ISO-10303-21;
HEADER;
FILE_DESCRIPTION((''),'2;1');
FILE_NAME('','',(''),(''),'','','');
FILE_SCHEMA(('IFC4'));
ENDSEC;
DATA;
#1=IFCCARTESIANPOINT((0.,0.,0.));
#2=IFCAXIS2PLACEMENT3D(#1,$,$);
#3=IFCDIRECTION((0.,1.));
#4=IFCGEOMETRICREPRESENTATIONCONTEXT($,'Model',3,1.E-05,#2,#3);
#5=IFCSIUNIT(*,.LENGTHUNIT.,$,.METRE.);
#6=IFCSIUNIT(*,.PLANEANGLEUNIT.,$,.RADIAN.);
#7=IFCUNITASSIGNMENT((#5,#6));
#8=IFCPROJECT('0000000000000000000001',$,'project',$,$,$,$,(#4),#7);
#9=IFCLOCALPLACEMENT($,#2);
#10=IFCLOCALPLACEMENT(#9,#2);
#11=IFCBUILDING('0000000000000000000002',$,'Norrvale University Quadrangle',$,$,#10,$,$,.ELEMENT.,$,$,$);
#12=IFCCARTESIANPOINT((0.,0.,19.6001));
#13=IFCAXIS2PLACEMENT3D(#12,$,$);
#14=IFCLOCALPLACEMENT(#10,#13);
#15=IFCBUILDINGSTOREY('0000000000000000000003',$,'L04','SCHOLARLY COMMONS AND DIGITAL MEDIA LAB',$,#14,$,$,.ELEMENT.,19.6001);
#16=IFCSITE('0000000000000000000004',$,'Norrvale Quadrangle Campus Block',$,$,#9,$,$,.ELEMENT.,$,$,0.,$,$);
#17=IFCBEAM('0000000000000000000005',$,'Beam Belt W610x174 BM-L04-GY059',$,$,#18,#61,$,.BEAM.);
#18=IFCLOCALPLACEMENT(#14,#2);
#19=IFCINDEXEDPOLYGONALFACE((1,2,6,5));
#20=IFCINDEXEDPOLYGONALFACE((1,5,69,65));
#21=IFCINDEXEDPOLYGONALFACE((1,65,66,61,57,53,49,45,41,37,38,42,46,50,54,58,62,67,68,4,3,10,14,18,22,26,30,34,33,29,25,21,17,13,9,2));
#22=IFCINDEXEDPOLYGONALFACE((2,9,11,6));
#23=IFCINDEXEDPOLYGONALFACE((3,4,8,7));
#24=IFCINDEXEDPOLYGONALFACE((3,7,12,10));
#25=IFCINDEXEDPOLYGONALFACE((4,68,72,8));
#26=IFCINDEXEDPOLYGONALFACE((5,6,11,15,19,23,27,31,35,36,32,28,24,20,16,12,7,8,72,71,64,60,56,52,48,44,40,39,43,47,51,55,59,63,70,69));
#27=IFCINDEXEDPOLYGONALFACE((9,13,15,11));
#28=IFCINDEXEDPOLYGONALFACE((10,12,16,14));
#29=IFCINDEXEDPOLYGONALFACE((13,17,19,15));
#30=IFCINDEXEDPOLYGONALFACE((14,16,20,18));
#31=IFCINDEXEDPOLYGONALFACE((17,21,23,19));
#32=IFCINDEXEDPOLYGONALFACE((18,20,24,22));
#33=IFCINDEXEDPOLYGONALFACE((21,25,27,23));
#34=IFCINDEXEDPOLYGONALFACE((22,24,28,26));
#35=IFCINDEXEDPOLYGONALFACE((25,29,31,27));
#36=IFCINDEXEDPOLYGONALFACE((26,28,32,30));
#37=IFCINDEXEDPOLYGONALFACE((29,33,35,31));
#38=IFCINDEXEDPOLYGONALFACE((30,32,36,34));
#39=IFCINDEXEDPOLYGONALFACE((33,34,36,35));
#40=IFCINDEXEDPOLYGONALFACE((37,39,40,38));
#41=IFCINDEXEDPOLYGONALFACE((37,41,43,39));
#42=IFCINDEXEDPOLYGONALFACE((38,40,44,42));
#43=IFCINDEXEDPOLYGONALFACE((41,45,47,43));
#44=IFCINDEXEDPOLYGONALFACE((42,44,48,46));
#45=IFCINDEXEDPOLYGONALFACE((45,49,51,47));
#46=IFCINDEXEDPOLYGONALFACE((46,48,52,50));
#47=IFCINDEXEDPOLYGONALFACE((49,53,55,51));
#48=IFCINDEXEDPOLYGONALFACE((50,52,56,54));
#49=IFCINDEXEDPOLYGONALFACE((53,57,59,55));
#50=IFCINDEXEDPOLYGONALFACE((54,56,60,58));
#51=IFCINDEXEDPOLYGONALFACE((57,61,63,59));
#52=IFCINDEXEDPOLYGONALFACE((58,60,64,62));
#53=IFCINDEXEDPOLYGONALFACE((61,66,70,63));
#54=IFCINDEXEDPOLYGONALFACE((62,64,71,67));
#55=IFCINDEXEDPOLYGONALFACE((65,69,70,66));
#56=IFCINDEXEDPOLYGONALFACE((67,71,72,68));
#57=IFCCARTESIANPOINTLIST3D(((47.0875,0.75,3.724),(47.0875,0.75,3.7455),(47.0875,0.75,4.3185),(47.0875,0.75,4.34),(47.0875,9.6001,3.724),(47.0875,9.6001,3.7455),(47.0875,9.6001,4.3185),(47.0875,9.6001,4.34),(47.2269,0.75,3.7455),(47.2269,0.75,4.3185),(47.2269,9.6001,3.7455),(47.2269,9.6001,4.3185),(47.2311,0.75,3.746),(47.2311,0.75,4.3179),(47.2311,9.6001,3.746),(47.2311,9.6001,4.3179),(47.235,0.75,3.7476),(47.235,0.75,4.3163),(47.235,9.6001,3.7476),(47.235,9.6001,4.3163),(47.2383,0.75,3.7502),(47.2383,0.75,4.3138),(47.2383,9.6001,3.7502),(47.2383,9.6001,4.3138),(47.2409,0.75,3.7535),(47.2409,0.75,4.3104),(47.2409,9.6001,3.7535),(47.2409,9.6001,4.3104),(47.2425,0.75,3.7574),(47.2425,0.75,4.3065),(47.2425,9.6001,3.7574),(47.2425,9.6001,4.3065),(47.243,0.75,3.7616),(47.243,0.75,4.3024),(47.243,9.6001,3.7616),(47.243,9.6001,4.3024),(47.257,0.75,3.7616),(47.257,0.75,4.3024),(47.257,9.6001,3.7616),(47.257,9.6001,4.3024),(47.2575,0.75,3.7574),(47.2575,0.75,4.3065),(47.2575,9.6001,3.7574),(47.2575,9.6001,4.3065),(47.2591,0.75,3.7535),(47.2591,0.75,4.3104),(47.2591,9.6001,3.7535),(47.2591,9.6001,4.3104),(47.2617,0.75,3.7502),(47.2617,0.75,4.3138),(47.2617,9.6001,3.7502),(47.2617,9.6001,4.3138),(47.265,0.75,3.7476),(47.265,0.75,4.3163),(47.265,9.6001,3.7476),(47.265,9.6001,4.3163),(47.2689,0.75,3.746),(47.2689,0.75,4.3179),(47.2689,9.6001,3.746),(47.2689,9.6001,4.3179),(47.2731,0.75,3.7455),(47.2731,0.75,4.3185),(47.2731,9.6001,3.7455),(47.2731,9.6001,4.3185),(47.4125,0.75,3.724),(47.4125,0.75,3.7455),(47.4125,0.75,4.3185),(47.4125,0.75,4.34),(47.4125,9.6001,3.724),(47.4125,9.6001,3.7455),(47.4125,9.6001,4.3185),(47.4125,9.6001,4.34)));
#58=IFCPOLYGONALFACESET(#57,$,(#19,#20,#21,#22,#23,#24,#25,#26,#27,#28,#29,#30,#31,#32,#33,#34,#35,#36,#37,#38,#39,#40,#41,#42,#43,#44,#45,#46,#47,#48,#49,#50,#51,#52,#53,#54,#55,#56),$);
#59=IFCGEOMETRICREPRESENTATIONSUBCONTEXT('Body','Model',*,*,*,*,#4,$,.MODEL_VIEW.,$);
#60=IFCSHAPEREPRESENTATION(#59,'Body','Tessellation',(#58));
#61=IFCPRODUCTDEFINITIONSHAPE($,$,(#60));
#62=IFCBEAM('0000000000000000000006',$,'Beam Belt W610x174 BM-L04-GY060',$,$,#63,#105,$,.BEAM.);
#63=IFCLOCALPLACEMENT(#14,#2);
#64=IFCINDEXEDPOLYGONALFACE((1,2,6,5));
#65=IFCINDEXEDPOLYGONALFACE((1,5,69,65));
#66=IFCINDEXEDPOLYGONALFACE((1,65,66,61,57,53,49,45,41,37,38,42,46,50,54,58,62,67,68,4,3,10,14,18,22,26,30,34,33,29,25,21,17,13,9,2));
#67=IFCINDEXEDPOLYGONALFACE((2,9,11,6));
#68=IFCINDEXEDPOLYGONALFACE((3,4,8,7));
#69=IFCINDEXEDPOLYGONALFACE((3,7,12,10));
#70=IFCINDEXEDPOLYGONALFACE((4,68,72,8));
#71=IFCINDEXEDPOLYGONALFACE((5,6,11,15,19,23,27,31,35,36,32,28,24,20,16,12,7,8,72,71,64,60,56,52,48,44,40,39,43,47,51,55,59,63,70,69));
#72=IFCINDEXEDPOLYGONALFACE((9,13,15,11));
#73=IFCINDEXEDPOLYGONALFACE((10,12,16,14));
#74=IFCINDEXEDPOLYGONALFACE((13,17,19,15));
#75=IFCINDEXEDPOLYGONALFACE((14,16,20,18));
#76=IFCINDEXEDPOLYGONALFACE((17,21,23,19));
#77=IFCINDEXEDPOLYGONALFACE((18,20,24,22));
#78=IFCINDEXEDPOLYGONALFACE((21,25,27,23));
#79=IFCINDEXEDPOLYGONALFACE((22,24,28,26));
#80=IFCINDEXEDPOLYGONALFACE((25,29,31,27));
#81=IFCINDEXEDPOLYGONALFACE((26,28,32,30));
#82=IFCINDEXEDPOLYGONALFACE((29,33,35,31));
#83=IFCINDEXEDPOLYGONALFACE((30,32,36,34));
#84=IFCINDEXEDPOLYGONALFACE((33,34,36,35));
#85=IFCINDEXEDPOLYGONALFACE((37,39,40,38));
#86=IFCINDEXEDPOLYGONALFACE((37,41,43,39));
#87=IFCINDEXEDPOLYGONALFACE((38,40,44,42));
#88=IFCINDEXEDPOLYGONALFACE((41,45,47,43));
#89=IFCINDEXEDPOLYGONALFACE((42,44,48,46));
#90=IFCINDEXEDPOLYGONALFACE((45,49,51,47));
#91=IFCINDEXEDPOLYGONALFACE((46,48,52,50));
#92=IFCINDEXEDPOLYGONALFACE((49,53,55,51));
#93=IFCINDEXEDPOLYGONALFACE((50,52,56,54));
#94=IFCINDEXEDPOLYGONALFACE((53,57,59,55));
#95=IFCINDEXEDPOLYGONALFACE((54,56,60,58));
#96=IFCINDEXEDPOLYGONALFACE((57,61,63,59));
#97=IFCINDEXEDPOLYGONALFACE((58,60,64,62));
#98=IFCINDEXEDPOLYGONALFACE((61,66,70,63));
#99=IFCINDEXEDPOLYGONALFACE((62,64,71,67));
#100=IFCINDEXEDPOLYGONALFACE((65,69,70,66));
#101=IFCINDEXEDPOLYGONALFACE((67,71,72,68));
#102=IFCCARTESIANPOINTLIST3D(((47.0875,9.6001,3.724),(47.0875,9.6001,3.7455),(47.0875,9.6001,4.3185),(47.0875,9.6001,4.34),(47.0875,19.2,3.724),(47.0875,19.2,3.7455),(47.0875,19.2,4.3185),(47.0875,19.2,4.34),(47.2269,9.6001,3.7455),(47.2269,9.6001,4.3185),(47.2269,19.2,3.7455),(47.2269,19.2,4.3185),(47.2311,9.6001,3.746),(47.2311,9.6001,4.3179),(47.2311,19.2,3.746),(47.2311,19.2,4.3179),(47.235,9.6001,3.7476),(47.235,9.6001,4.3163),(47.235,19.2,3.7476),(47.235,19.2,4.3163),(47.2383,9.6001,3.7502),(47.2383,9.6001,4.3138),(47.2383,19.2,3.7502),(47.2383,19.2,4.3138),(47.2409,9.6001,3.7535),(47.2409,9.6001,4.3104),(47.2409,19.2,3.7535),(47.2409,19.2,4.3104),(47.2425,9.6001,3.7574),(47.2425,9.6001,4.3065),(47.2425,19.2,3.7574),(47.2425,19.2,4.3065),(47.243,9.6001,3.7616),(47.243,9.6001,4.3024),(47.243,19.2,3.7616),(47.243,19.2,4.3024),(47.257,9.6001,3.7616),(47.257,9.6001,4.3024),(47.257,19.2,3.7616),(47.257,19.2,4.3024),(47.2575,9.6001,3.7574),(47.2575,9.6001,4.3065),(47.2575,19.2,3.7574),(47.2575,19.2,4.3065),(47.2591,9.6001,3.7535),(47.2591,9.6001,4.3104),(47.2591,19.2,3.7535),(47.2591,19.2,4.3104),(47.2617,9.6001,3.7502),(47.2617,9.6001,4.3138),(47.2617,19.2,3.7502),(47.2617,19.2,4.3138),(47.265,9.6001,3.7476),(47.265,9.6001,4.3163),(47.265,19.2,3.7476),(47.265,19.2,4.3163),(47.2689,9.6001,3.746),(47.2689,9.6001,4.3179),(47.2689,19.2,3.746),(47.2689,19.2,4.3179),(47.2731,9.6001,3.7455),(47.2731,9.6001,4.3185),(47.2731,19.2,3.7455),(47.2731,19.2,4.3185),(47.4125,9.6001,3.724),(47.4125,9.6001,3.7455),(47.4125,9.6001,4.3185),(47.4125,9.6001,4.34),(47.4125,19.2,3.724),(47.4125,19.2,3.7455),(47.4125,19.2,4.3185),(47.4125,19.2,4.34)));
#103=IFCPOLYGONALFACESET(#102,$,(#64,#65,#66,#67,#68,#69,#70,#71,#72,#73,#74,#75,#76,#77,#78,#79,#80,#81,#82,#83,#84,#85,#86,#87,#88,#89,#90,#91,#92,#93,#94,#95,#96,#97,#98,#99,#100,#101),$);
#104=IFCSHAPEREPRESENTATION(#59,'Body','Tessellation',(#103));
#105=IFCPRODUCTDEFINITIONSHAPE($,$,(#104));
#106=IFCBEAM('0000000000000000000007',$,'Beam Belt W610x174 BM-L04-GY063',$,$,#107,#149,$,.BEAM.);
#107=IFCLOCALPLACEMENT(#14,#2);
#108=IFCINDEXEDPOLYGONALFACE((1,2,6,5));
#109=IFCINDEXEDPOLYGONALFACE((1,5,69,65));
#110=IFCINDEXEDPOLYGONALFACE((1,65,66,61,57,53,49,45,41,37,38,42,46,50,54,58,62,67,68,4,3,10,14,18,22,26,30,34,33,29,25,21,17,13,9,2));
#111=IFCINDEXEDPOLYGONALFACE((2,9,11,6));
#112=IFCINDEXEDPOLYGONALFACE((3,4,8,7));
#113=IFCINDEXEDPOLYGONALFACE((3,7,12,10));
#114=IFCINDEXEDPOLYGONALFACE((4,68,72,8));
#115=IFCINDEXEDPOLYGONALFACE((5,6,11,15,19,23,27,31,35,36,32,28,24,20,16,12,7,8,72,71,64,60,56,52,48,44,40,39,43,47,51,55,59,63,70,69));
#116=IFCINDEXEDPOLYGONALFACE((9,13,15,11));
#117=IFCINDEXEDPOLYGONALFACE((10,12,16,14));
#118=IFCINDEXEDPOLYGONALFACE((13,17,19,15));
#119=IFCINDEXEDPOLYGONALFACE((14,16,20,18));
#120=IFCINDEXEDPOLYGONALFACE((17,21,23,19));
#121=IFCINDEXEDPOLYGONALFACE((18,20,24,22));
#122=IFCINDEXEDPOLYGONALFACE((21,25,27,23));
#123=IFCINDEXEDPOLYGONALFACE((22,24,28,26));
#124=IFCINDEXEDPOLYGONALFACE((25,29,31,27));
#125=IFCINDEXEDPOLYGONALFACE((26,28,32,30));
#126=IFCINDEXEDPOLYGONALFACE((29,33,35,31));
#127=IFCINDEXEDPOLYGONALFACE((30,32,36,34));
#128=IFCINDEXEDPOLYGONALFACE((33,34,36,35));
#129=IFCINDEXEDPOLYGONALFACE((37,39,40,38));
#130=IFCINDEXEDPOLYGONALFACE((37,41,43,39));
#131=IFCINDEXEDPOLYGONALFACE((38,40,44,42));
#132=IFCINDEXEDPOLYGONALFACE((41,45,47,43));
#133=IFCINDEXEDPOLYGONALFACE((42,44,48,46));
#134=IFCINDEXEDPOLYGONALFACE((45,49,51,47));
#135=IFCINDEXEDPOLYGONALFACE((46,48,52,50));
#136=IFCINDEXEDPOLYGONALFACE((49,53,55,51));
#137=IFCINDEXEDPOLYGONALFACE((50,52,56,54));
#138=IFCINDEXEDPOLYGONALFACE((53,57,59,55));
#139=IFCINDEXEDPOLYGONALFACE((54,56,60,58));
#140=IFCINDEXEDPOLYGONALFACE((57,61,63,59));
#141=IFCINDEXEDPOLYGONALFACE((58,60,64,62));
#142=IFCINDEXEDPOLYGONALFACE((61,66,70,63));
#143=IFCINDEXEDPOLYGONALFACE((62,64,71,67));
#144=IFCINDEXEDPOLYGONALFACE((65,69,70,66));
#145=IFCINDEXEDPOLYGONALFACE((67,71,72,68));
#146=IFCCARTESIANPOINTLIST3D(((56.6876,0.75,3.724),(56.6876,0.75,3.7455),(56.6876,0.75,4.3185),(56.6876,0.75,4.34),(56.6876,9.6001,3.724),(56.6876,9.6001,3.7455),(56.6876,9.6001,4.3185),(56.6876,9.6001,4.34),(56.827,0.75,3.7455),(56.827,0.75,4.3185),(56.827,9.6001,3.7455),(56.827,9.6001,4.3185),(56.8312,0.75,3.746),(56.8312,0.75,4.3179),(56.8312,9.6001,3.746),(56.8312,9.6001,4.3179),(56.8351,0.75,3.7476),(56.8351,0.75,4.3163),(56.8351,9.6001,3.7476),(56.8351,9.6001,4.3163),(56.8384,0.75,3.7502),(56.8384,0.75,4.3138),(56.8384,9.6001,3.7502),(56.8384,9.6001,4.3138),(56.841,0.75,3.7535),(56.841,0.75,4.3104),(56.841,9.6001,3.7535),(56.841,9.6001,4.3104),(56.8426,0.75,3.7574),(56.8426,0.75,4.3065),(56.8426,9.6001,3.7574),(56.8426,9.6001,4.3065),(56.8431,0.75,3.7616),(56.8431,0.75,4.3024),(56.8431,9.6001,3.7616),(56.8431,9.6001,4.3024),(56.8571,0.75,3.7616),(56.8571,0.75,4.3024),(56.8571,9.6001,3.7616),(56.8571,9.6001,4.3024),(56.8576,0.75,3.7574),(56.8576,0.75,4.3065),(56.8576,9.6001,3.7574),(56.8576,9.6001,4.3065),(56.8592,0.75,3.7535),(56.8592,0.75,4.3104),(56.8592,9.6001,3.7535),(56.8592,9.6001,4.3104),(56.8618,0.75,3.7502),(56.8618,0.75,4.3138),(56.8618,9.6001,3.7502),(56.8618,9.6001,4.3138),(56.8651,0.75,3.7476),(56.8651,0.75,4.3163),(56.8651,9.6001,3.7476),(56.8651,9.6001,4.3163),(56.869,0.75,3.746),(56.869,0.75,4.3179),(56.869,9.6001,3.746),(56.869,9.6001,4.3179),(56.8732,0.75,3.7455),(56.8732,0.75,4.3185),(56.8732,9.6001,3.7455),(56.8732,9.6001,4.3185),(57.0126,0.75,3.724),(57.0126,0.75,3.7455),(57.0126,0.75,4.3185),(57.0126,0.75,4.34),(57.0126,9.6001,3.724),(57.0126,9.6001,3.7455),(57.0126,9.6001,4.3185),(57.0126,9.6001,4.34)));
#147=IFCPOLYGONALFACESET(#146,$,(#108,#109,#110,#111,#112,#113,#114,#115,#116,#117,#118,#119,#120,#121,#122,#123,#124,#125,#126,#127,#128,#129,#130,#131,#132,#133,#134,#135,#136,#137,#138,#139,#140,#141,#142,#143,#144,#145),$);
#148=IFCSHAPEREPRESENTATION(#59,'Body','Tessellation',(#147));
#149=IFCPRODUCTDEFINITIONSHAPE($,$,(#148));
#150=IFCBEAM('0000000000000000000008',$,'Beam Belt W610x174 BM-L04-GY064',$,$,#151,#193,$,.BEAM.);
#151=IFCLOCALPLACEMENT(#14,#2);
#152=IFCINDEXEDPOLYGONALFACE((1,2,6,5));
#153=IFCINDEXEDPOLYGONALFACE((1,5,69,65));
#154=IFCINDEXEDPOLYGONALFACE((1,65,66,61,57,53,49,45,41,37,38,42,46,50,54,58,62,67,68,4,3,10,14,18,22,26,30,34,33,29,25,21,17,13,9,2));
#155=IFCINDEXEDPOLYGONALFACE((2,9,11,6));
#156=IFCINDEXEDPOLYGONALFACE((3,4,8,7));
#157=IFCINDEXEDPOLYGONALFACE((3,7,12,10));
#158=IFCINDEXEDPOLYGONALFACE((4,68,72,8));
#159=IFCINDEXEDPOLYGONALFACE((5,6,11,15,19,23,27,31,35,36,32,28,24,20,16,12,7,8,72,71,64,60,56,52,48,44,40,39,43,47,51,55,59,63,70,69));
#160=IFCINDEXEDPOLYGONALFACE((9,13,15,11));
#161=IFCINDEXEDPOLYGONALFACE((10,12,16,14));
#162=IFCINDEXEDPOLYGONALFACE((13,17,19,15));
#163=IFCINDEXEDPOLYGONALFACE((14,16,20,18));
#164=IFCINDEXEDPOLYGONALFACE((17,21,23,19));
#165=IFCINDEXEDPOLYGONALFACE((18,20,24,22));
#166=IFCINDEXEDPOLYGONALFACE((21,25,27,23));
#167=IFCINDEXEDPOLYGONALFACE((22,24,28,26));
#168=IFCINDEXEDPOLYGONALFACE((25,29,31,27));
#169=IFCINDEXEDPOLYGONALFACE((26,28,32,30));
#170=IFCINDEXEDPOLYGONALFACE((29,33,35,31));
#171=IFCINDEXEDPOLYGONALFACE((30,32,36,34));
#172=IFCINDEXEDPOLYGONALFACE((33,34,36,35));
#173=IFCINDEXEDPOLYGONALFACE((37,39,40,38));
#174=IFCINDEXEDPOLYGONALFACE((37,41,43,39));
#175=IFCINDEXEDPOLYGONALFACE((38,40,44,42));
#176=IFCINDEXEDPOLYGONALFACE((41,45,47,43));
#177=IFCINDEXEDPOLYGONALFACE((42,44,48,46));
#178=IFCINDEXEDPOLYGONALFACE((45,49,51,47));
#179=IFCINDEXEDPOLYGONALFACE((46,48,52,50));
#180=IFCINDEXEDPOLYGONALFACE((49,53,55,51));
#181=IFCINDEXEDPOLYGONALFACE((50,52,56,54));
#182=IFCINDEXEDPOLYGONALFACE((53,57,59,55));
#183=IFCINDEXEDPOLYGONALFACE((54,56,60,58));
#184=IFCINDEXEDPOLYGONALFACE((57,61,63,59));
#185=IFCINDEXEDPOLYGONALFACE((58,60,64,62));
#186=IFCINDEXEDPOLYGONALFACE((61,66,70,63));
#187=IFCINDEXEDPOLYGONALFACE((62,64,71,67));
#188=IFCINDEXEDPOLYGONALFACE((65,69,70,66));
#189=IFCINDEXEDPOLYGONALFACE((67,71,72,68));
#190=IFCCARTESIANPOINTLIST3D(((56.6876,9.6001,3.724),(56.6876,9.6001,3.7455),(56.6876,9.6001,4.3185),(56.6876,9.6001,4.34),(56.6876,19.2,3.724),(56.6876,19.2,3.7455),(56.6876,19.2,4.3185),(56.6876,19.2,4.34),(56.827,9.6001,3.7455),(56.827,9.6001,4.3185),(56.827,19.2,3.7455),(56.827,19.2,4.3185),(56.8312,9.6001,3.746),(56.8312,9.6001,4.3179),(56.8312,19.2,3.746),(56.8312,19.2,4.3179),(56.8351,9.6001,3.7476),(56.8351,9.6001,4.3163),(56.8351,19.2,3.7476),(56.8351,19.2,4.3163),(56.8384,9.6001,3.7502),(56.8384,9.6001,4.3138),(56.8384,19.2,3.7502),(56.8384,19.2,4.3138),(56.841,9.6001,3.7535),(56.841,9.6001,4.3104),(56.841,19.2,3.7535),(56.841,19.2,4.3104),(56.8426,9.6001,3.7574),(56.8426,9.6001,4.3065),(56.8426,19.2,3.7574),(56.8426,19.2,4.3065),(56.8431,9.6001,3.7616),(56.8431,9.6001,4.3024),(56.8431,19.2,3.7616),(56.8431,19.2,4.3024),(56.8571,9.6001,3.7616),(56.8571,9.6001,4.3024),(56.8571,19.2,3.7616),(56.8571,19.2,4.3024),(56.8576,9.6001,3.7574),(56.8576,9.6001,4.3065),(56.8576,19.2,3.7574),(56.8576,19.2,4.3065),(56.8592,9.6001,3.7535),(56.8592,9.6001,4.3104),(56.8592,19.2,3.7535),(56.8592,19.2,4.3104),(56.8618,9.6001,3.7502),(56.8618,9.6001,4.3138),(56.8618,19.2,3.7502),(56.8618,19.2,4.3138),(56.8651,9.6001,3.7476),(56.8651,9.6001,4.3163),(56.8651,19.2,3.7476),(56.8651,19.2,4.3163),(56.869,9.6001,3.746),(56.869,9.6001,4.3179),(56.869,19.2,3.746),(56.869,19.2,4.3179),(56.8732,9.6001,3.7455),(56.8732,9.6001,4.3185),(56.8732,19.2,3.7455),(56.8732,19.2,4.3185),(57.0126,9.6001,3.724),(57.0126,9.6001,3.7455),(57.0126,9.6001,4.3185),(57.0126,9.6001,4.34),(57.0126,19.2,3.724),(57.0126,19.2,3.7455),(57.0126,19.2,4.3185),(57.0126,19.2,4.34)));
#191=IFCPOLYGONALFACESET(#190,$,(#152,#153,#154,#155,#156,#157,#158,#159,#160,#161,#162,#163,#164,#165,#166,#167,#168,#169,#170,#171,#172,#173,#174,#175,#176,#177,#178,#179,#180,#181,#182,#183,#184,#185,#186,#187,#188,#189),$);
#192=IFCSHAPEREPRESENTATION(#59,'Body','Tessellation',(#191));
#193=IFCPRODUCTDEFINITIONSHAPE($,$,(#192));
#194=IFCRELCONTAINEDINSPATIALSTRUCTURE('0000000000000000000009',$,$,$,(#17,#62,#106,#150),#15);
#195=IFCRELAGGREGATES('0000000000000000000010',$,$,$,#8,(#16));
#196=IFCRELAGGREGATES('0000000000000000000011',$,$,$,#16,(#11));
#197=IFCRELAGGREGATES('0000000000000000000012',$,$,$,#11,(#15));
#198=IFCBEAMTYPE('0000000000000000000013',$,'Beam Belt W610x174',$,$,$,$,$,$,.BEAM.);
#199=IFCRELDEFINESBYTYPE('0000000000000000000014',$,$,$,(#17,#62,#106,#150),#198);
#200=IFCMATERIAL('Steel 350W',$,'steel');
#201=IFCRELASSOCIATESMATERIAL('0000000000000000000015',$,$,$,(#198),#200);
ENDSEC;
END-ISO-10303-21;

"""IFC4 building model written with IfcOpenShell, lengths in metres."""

from ifc_helpers import new_model, si_unit, direction, frame, origin, origin_2d, place, context, subcontext, project, spatial, i_section, extrude, material, material_profile, profile_set, type_object, element, save


model = new_model("IFC4")

# Units and contexts
model_context = context("Model", 3, precision=1e-05, world=origin(), true_north=direction((0.0, 1.0)))
body_context = subcontext(model_context, "Body", "Model", "MODEL_VIEW")
ifc_project = project(units=[si_unit("LENGTHUNIT", "METRE"), si_unit("PLANEANGLEUNIT", "RADIAN")], contexts=[model_context])

# Site, building, storey
site_placement = place(None, origin())
site = spatial("IfcSite", under=ifc_project, at=site_placement, Name="Norrvale Quadrangle Campus Block", CompositionType="ELEMENT", RefElevation=0.0)
building_placement = place(site_placement, origin())
building = spatial("IfcBuilding", under=site, at=building_placement, Name="Norrvale University Quadrangle", CompositionType="ELEMENT")
storey_placement = place(building_placement, frame((0.0, 0.0, 19.6001)))
storey = spatial("IfcBuildingStorey", under=building, at=storey_placement, Name="L04", Description="SCHOLARLY COMMONS AND DIGITAL MEDIA LAB", CompositionType="ELEMENT", Elevation=19.6001)

# Beams
ifc_material_1 = material(Name="Steel 350W", Category="steel")
ifc_material_profile_1 = material_profile(ifc_material_1, i_section(OverallWidth=0.325, OverallDepth=0.616, WebThickness=0.0139, FlangeThickness=0.0215, FilletRadius=0.0161, at=origin_2d()), Name="Steel 350W")
ifc_profile_set_1 = profile_set([ifc_material_profile_1], Name="Steel 350W")
beam_type_1 = type_object("IfcBeamType", Name="Beam Belt W610x174", PredefinedType="BEAM", material=ifc_profile_set_1)
beam_1_placement = place(storey_placement, frame((47.25, 0.75, 4.032), z_axis=(0.0, 1.0, 0.0), x_axis=(-1.0, 0.0, 0.0)))
element("IfcBeam", 1, at=beam_1_placement, inside=storey, type_object=beam_type_1, Name="Beam Belt W610x174 BM-L04-GY059", PredefinedType="BEAM", context=body_context, shape_type="SweptSolid", body=[
    extrude(i_section(OverallWidth=0.325, OverallDepth=0.616, WebThickness=0.0139, FlangeThickness=0.0215, FilletRadius=0.0161, at=origin_2d()), origin(), (0.0, 0.0, 1.0), 8.8501),
])
beam_2_placement = place(storey_placement, frame((47.25, 9.6001, 4.032), z_axis=(0.0, 1.0, 0.0), x_axis=(-1.0, 0.0, 0.0)))
element("IfcBeam", 2, at=beam_2_placement, inside=storey, type_object=beam_type_1, Name="Beam Belt W610x174 BM-L04-GY060", PredefinedType="BEAM", context=body_context, shape_type="SweptSolid", body=[
    extrude(i_section(OverallWidth=0.325, OverallDepth=0.616, WebThickness=0.0139, FlangeThickness=0.0215, FilletRadius=0.0161, at=origin_2d()), origin(), (0.0, 0.0, 1.0), 9.5999),
])
beam_3_placement = place(storey_placement, frame((56.8501, 0.75, 4.032), z_axis=(0.0, 1.0, 0.0), x_axis=(-1.0, 0.0, 0.0)))
element("IfcBeam", 3, at=beam_3_placement, inside=storey, type_object=beam_type_1, Name="Beam Belt W610x174 BM-L04-GY063", PredefinedType="BEAM", context=body_context, shape_type="SweptSolid", body=[
    extrude(i_section(OverallWidth=0.325, OverallDepth=0.616, WebThickness=0.0139, FlangeThickness=0.0215, FilletRadius=0.0161, at=origin_2d()), origin(), (0.0, 0.0, 1.0), 8.8501),
])
beam_4_placement = place(storey_placement, frame((56.8501, 9.6001, 4.032), z_axis=(0.0, 1.0, 0.0), x_axis=(-1.0, 0.0, 0.0)))
element("IfcBeam", 4, at=beam_4_placement, inside=storey, type_object=beam_type_1, Name="Beam Belt W610x174 BM-L04-GY064", PredefinedType="BEAM", context=body_context, shape_type="SweptSolid", body=[
    extrude(i_section(OverallWidth=0.325, OverallDepth=0.616, WebThickness=0.0139, FlangeThickness=0.0215, FilletRadius=0.0161, at=origin_2d()), origin(), (0.0, 0.0, 1.0), 9.5999),
])

save(model, "model.ifc")
